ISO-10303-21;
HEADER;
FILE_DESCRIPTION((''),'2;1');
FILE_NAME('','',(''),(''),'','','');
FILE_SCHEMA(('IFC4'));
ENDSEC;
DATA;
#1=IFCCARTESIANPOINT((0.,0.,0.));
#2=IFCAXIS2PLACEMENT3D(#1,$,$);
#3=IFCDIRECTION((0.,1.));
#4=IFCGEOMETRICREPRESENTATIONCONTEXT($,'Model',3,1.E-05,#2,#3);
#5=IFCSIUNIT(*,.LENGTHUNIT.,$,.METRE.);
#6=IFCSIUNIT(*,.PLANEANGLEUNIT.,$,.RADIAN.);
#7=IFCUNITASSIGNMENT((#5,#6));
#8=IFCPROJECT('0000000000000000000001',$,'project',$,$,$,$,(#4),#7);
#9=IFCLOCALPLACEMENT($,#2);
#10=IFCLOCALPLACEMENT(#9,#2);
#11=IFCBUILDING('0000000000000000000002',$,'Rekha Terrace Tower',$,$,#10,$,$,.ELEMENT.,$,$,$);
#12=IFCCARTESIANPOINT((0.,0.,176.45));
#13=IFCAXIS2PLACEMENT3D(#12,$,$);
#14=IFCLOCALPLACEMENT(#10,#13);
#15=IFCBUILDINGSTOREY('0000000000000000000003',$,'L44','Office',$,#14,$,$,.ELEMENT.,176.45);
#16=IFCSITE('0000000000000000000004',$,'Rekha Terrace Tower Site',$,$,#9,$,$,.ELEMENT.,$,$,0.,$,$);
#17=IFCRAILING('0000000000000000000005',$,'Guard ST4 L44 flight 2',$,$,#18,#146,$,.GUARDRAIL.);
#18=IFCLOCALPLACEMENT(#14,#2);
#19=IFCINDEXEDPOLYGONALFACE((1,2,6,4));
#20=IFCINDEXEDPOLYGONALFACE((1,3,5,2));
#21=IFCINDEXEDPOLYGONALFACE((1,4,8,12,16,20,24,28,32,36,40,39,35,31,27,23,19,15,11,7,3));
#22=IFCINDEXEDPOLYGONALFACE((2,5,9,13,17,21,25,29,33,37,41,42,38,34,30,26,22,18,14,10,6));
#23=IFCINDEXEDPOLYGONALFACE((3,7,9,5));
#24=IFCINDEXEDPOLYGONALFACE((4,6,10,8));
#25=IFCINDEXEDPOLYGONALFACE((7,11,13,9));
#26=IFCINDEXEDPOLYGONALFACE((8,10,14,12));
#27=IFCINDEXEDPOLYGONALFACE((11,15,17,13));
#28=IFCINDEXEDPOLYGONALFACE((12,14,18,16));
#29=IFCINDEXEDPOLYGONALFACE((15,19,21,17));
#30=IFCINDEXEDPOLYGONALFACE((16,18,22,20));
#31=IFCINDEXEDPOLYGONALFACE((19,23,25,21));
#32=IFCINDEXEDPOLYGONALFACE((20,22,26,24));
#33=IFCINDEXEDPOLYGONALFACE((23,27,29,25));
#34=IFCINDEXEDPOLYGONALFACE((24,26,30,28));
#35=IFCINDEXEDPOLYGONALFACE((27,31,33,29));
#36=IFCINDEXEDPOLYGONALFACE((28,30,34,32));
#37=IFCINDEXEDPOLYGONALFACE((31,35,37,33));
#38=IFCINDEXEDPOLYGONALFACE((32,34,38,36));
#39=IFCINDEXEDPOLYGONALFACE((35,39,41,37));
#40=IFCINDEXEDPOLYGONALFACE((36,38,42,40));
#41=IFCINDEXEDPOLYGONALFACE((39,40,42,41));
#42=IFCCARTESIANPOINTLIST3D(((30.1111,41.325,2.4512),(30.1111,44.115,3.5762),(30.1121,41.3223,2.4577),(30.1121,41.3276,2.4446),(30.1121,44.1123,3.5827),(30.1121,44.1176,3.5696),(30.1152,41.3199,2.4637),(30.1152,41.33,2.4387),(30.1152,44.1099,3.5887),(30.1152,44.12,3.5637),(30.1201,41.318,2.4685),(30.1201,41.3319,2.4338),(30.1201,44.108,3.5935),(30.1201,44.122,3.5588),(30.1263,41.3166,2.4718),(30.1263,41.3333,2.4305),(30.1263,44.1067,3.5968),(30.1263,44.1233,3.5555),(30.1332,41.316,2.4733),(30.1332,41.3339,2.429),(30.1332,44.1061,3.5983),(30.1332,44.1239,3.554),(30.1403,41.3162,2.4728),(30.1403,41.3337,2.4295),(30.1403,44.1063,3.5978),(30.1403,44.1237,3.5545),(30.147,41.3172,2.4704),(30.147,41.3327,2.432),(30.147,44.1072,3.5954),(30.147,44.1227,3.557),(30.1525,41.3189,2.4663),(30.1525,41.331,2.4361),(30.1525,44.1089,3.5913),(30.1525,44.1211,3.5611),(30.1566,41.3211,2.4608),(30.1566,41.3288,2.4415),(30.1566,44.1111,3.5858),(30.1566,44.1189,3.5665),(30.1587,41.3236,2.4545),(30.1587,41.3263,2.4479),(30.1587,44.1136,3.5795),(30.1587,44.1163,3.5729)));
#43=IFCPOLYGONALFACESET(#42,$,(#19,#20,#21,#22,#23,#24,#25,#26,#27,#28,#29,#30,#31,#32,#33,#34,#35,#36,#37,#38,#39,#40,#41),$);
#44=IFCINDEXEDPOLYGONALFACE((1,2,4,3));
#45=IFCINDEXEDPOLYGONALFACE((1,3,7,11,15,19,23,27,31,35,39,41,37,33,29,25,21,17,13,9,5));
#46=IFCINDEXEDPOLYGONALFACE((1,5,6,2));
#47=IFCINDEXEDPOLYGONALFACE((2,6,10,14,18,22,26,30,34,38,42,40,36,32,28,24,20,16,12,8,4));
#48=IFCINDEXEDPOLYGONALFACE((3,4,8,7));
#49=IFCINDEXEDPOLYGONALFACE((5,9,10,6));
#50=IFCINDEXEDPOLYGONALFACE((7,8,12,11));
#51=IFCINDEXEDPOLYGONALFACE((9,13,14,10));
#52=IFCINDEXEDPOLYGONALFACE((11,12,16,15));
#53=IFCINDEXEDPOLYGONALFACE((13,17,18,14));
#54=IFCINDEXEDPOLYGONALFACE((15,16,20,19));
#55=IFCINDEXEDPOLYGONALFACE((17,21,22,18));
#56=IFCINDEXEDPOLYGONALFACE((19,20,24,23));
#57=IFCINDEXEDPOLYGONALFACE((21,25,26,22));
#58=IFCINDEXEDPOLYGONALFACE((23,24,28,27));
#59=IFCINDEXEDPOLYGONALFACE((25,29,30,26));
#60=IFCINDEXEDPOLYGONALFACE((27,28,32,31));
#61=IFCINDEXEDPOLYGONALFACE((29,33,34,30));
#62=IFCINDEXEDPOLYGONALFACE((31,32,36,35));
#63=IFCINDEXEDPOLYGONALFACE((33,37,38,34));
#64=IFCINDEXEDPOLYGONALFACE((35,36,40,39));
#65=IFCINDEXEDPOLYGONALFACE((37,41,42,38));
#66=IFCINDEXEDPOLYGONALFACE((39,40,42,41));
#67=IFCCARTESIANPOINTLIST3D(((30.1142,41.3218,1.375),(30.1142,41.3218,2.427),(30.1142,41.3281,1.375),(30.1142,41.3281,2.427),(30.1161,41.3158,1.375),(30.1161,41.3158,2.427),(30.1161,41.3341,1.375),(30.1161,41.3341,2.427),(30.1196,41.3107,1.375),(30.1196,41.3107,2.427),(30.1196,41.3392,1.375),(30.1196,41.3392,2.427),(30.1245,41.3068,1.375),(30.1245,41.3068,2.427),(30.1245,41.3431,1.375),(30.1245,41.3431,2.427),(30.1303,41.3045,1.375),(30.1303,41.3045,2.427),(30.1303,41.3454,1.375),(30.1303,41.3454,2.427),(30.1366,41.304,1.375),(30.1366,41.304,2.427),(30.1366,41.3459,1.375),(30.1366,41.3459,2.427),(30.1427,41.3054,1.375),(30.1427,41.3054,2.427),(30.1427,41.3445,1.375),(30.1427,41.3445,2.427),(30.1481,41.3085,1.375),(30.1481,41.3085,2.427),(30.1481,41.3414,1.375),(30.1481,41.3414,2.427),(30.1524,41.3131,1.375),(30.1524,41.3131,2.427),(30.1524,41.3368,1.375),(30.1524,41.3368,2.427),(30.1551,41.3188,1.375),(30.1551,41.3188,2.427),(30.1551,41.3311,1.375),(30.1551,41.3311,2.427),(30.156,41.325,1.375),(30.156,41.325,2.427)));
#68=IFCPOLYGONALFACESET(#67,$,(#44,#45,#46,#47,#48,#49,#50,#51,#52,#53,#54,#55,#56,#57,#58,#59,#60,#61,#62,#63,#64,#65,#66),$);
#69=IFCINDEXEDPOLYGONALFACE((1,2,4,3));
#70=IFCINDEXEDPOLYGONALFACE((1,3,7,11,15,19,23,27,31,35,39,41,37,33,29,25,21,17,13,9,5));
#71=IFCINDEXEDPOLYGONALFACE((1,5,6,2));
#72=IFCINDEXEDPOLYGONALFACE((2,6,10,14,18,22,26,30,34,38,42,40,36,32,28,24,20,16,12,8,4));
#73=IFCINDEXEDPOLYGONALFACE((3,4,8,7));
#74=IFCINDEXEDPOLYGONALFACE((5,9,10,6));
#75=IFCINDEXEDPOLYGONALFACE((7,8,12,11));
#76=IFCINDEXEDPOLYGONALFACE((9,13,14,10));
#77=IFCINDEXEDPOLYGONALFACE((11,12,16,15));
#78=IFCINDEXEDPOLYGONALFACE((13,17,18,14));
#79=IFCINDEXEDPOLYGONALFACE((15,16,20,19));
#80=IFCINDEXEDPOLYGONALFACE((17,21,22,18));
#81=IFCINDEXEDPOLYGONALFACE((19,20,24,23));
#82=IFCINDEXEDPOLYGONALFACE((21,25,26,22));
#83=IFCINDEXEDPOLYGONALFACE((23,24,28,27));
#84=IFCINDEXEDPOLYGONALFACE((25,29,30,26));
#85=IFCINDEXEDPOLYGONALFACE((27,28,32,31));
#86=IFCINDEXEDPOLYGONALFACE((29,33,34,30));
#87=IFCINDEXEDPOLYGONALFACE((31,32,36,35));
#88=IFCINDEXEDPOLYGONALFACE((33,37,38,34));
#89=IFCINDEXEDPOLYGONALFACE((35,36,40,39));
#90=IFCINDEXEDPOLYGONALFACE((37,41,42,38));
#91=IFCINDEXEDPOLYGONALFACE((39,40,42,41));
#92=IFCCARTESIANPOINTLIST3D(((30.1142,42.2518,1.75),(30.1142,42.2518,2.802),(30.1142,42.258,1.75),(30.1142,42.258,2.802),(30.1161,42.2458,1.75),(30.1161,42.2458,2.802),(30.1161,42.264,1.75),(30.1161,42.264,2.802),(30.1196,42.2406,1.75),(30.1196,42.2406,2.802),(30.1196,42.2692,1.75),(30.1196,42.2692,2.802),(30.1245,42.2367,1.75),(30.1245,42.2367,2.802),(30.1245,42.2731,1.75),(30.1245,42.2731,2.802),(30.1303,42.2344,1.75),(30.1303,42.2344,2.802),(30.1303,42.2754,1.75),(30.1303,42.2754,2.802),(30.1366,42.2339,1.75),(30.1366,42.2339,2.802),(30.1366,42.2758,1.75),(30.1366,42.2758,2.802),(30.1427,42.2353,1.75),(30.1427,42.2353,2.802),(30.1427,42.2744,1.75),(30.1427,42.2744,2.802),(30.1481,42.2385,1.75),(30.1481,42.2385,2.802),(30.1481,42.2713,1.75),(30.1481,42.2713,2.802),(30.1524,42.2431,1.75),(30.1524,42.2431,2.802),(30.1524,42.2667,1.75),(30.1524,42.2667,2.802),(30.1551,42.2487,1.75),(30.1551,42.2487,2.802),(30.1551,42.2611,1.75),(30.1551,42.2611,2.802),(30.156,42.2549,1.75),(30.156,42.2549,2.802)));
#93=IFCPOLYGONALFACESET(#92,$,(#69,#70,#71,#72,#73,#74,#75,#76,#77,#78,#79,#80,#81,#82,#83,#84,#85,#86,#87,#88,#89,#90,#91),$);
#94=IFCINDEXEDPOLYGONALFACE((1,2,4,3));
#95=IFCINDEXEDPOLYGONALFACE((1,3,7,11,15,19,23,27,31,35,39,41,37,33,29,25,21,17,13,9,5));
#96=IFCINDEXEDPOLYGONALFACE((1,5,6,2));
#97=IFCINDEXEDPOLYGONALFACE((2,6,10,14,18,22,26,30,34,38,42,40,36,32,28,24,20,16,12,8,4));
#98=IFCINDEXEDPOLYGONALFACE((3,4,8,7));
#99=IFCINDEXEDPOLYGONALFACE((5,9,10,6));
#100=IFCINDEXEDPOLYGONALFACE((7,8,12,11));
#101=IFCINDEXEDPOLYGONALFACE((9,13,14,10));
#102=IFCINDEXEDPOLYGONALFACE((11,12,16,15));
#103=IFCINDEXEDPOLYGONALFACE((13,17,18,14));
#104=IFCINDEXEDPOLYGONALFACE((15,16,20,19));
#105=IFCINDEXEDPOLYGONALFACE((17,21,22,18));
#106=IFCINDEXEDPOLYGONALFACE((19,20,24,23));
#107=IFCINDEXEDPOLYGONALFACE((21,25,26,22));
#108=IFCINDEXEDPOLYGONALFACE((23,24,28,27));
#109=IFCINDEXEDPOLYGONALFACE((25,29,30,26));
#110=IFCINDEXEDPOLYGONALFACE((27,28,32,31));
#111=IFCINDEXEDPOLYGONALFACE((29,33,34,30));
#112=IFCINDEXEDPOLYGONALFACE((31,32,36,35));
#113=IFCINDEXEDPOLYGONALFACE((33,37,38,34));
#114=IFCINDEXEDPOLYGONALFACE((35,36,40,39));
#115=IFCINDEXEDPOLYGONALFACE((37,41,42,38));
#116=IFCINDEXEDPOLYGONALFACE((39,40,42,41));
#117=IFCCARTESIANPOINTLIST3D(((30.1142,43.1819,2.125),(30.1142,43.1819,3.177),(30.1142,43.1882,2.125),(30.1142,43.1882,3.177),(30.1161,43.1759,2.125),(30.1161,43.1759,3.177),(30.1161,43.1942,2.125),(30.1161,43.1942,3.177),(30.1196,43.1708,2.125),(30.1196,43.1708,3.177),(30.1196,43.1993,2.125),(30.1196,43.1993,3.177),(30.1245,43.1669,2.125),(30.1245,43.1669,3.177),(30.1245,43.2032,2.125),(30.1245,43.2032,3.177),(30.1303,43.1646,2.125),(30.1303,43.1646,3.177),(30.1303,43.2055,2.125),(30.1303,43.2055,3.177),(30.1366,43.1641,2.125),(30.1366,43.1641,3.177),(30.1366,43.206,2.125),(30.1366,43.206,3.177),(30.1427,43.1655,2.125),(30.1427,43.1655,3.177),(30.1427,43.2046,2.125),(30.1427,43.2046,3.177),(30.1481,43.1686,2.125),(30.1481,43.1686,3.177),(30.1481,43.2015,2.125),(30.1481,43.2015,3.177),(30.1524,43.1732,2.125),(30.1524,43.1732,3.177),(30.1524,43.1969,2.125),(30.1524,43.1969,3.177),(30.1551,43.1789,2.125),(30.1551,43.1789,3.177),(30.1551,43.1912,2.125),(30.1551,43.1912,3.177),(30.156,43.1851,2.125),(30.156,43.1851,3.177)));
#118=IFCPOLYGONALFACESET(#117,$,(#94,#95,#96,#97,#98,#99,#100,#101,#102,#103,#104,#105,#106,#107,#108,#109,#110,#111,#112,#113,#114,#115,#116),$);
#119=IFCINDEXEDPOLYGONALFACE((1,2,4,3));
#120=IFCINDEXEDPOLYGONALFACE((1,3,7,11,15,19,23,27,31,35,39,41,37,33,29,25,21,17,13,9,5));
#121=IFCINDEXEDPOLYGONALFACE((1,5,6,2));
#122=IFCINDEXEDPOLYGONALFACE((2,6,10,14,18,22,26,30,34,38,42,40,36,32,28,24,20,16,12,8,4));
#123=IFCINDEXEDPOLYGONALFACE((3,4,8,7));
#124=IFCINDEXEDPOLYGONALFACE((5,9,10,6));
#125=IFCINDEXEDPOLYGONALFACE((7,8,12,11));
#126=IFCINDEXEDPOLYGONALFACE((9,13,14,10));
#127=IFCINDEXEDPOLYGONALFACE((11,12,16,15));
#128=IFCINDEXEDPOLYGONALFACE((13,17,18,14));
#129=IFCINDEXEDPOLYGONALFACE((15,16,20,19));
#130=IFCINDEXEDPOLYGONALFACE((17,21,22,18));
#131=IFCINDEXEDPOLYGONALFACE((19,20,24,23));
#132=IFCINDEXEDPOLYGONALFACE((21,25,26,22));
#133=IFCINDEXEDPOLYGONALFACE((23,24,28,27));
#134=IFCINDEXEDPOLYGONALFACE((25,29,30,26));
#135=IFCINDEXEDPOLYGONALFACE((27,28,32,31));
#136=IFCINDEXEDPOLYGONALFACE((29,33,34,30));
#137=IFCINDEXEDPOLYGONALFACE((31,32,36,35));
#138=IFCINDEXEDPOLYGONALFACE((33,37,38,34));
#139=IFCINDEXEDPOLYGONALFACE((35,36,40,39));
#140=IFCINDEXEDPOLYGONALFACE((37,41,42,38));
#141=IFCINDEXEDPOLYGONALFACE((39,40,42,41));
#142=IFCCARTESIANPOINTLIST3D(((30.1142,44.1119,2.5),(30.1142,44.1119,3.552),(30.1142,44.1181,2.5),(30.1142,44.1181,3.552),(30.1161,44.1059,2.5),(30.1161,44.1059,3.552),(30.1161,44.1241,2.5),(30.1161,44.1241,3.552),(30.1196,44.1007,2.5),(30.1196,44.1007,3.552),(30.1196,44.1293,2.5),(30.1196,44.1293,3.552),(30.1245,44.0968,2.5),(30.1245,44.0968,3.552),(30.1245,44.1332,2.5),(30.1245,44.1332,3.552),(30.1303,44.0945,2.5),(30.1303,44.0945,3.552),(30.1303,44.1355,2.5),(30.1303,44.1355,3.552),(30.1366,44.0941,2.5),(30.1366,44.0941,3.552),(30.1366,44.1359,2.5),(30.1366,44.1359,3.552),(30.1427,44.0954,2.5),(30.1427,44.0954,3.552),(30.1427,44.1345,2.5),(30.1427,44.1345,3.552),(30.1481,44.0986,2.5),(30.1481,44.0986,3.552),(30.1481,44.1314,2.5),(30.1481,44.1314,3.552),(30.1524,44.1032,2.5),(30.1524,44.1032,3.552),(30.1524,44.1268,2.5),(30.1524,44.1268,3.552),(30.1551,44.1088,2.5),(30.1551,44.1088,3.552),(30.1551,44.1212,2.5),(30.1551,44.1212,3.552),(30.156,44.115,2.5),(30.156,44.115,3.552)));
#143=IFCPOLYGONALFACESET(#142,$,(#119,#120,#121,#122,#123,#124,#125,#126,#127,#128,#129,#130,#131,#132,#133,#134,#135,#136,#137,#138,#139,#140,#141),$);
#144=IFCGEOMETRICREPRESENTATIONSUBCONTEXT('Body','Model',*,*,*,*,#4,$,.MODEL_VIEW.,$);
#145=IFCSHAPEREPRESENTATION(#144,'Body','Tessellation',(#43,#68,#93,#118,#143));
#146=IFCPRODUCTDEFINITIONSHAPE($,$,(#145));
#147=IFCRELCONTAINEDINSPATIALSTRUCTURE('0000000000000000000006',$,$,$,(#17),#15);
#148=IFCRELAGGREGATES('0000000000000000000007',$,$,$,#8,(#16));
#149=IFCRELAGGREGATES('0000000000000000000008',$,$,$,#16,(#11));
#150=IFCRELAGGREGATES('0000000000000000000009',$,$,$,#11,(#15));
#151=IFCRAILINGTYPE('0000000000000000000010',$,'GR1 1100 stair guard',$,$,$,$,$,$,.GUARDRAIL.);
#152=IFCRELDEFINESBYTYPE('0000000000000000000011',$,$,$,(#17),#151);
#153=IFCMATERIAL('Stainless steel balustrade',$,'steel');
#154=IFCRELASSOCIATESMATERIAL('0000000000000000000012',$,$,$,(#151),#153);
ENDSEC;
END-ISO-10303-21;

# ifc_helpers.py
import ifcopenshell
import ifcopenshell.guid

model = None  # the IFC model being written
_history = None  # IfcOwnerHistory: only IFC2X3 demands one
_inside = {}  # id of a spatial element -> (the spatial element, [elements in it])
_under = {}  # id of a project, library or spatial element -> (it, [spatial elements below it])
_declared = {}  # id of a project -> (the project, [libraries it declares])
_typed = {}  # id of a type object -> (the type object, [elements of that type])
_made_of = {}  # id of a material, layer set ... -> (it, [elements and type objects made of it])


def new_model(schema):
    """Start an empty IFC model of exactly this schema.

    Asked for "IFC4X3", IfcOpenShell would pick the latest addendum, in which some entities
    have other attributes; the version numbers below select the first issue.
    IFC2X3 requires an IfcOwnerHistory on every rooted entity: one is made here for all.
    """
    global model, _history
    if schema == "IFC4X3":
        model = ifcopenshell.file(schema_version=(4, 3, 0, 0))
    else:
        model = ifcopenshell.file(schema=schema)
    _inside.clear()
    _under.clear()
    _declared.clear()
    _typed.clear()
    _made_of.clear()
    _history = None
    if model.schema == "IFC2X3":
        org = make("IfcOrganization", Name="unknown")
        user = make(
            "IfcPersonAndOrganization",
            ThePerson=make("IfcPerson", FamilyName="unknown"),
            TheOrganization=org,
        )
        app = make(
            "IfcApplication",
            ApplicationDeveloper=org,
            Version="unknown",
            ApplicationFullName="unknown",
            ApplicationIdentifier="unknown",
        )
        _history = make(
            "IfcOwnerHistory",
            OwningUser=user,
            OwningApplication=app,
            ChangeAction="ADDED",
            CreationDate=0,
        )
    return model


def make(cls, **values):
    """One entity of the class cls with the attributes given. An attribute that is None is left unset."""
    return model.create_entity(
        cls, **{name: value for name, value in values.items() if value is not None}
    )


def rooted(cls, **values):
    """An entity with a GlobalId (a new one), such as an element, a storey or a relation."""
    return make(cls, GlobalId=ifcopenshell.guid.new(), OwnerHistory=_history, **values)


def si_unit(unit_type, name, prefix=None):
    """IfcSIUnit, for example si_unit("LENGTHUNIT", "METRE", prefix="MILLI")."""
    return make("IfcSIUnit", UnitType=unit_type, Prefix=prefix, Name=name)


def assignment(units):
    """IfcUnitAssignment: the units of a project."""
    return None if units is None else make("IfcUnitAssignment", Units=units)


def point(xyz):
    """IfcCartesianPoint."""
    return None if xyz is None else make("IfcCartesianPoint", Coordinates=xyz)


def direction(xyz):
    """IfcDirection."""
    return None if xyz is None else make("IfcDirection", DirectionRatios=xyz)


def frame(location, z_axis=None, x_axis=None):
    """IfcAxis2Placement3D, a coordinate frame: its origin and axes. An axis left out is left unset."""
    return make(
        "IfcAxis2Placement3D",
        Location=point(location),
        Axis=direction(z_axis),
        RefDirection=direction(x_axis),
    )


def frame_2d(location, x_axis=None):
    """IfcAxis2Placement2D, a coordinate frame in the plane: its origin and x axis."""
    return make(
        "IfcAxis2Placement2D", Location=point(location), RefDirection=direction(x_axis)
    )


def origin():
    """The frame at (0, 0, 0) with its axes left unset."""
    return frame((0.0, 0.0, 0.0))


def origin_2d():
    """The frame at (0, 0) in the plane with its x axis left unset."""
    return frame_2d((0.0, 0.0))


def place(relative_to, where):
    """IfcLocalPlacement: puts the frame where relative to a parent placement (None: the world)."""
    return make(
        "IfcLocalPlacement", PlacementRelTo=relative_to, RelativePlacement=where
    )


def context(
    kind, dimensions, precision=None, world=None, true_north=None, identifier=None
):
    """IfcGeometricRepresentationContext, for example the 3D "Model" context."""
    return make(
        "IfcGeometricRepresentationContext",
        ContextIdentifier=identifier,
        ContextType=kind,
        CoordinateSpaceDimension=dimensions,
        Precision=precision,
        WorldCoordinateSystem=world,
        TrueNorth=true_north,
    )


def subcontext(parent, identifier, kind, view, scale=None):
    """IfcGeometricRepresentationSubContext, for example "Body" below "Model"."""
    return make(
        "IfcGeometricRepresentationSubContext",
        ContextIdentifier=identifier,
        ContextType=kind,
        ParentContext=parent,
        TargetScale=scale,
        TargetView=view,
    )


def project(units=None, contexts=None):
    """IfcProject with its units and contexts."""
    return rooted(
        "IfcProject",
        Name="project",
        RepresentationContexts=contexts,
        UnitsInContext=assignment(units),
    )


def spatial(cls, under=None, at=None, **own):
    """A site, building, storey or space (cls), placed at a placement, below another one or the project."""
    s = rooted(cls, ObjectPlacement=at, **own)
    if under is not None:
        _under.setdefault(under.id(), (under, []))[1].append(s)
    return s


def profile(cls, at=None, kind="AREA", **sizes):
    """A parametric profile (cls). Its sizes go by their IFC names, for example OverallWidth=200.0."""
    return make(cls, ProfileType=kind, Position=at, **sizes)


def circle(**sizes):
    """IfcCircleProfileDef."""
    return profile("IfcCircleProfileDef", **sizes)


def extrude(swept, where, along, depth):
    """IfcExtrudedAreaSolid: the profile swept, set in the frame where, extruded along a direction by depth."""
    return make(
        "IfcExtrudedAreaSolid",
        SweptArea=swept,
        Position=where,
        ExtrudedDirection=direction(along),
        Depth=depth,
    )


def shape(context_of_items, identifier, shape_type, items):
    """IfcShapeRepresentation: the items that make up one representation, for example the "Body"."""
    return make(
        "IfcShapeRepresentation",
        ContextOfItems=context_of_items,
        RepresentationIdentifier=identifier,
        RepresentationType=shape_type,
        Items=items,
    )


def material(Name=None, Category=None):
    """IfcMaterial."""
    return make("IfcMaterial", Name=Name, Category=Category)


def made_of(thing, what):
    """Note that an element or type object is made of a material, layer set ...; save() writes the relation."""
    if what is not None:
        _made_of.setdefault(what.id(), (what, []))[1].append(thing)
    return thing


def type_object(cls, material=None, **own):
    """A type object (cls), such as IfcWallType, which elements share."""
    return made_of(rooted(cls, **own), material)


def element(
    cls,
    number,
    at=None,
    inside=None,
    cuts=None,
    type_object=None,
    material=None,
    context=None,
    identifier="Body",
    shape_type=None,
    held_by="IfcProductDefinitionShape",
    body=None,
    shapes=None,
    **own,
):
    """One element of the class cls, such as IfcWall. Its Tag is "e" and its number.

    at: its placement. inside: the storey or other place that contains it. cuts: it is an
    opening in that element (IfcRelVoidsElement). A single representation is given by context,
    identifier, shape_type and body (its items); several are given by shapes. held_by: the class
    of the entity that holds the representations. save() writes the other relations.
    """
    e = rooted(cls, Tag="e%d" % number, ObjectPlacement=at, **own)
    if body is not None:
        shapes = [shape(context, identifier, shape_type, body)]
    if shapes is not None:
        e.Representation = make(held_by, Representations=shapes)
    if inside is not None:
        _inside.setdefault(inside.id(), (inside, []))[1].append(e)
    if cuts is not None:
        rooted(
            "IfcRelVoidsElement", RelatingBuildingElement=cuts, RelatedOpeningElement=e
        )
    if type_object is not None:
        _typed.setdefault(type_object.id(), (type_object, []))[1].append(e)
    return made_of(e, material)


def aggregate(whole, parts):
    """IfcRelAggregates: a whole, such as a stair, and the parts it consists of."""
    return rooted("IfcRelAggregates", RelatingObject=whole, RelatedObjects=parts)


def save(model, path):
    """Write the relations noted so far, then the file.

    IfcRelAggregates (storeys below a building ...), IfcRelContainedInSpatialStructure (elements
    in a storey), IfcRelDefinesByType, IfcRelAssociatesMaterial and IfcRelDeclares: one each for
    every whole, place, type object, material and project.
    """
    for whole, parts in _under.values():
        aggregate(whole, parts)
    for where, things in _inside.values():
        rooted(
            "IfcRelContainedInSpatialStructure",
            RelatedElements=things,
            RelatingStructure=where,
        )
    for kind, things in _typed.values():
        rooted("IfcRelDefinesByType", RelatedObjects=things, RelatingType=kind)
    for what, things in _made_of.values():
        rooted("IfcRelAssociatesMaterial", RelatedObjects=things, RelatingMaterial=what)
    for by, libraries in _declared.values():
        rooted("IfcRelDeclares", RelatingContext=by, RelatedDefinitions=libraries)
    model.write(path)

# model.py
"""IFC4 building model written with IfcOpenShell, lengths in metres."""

from ifc_helpers import new_model, si_unit, direction, frame, origin, origin_2d, place, context, subcontext, project, spatial, circle, extrude, material, type_object, element, save


model = new_model("IFC4")

# Units and contexts
model_context = context("Model", 3, precision=1e-05, world=origin(), true_north=direction((0.0, 1.0)))
body_context = subcontext(model_context, "Body", "Model", "MODEL_VIEW")
ifc_project = project(units=[si_unit("LENGTHUNIT", "METRE"), si_unit("PLANEANGLEUNIT", "RADIAN")], contexts=[model_context])

# Site, building, storey
site_placement = place(None, origin())
site = spatial("IfcSite", under=ifc_project, at=site_placement, Name="Rekha Terrace Tower Site", CompositionType="ELEMENT", RefElevation=0.0)
building_placement = place(site_placement, origin())
building = spatial("IfcBuilding", under=site, at=building_placement, Name="Rekha Terrace Tower", CompositionType="ELEMENT")
storey_placement = place(building_placement, frame((0.0, 0.0, 176.45)))
storey = spatial("IfcBuildingStorey", under=building, at=storey_placement, Name="L44", Description="Office", CompositionType="ELEMENT", Elevation=176.45)

# Railing
ifc_material_1 = material(Name="Stainless steel balustrade", Category="steel")
railing_type_1 = type_object("IfcRailingType", Name="GR1 1100 stair guard", PredefinedType="GUARDRAIL", material=ifc_material_1)
railing_1_placement = place(storey_placement, frame((30.135, 41.325, 1.375)))
element("IfcRailing", 1, at=railing_1_placement, inside=storey, type_object=railing_type_1, Name="Guard ST4 L44 flight 2", PredefinedType="GUARDRAIL", context=body_context, shape_type="SweptSolid", body=[
    extrude(circle(Radius=0.0239, at=origin_2d()), frame((0.0, 0.0, 1.0762), z_axis=(0.0, 0.927443, 0.373964), x_axis=(-1.0, 0.0, 0.0)), (0.0, 0.0, 1.0), 3.0083),
    extrude(circle(Radius=0.021, at=origin_2d()), origin(), (0.0, 0.0, 1.0), 1.052),
    extrude(circle(Radius=0.021, at=origin_2d()), frame((0.0, 0.9299, 0.375)), (0.0, 0.0, 1.0), 1.052),
    extrude(circle(Radius=0.021, at=origin_2d()), frame((0.0, 1.8601, 0.75)), (0.0, 0.0, 1.0), 1.052),
    extrude(circle(Radius=0.021, at=origin_2d()), frame((0.0, 2.79, 1.125)), (0.0, 0.0, 1.0), 1.052),
])

save(model, "model.ifc")
